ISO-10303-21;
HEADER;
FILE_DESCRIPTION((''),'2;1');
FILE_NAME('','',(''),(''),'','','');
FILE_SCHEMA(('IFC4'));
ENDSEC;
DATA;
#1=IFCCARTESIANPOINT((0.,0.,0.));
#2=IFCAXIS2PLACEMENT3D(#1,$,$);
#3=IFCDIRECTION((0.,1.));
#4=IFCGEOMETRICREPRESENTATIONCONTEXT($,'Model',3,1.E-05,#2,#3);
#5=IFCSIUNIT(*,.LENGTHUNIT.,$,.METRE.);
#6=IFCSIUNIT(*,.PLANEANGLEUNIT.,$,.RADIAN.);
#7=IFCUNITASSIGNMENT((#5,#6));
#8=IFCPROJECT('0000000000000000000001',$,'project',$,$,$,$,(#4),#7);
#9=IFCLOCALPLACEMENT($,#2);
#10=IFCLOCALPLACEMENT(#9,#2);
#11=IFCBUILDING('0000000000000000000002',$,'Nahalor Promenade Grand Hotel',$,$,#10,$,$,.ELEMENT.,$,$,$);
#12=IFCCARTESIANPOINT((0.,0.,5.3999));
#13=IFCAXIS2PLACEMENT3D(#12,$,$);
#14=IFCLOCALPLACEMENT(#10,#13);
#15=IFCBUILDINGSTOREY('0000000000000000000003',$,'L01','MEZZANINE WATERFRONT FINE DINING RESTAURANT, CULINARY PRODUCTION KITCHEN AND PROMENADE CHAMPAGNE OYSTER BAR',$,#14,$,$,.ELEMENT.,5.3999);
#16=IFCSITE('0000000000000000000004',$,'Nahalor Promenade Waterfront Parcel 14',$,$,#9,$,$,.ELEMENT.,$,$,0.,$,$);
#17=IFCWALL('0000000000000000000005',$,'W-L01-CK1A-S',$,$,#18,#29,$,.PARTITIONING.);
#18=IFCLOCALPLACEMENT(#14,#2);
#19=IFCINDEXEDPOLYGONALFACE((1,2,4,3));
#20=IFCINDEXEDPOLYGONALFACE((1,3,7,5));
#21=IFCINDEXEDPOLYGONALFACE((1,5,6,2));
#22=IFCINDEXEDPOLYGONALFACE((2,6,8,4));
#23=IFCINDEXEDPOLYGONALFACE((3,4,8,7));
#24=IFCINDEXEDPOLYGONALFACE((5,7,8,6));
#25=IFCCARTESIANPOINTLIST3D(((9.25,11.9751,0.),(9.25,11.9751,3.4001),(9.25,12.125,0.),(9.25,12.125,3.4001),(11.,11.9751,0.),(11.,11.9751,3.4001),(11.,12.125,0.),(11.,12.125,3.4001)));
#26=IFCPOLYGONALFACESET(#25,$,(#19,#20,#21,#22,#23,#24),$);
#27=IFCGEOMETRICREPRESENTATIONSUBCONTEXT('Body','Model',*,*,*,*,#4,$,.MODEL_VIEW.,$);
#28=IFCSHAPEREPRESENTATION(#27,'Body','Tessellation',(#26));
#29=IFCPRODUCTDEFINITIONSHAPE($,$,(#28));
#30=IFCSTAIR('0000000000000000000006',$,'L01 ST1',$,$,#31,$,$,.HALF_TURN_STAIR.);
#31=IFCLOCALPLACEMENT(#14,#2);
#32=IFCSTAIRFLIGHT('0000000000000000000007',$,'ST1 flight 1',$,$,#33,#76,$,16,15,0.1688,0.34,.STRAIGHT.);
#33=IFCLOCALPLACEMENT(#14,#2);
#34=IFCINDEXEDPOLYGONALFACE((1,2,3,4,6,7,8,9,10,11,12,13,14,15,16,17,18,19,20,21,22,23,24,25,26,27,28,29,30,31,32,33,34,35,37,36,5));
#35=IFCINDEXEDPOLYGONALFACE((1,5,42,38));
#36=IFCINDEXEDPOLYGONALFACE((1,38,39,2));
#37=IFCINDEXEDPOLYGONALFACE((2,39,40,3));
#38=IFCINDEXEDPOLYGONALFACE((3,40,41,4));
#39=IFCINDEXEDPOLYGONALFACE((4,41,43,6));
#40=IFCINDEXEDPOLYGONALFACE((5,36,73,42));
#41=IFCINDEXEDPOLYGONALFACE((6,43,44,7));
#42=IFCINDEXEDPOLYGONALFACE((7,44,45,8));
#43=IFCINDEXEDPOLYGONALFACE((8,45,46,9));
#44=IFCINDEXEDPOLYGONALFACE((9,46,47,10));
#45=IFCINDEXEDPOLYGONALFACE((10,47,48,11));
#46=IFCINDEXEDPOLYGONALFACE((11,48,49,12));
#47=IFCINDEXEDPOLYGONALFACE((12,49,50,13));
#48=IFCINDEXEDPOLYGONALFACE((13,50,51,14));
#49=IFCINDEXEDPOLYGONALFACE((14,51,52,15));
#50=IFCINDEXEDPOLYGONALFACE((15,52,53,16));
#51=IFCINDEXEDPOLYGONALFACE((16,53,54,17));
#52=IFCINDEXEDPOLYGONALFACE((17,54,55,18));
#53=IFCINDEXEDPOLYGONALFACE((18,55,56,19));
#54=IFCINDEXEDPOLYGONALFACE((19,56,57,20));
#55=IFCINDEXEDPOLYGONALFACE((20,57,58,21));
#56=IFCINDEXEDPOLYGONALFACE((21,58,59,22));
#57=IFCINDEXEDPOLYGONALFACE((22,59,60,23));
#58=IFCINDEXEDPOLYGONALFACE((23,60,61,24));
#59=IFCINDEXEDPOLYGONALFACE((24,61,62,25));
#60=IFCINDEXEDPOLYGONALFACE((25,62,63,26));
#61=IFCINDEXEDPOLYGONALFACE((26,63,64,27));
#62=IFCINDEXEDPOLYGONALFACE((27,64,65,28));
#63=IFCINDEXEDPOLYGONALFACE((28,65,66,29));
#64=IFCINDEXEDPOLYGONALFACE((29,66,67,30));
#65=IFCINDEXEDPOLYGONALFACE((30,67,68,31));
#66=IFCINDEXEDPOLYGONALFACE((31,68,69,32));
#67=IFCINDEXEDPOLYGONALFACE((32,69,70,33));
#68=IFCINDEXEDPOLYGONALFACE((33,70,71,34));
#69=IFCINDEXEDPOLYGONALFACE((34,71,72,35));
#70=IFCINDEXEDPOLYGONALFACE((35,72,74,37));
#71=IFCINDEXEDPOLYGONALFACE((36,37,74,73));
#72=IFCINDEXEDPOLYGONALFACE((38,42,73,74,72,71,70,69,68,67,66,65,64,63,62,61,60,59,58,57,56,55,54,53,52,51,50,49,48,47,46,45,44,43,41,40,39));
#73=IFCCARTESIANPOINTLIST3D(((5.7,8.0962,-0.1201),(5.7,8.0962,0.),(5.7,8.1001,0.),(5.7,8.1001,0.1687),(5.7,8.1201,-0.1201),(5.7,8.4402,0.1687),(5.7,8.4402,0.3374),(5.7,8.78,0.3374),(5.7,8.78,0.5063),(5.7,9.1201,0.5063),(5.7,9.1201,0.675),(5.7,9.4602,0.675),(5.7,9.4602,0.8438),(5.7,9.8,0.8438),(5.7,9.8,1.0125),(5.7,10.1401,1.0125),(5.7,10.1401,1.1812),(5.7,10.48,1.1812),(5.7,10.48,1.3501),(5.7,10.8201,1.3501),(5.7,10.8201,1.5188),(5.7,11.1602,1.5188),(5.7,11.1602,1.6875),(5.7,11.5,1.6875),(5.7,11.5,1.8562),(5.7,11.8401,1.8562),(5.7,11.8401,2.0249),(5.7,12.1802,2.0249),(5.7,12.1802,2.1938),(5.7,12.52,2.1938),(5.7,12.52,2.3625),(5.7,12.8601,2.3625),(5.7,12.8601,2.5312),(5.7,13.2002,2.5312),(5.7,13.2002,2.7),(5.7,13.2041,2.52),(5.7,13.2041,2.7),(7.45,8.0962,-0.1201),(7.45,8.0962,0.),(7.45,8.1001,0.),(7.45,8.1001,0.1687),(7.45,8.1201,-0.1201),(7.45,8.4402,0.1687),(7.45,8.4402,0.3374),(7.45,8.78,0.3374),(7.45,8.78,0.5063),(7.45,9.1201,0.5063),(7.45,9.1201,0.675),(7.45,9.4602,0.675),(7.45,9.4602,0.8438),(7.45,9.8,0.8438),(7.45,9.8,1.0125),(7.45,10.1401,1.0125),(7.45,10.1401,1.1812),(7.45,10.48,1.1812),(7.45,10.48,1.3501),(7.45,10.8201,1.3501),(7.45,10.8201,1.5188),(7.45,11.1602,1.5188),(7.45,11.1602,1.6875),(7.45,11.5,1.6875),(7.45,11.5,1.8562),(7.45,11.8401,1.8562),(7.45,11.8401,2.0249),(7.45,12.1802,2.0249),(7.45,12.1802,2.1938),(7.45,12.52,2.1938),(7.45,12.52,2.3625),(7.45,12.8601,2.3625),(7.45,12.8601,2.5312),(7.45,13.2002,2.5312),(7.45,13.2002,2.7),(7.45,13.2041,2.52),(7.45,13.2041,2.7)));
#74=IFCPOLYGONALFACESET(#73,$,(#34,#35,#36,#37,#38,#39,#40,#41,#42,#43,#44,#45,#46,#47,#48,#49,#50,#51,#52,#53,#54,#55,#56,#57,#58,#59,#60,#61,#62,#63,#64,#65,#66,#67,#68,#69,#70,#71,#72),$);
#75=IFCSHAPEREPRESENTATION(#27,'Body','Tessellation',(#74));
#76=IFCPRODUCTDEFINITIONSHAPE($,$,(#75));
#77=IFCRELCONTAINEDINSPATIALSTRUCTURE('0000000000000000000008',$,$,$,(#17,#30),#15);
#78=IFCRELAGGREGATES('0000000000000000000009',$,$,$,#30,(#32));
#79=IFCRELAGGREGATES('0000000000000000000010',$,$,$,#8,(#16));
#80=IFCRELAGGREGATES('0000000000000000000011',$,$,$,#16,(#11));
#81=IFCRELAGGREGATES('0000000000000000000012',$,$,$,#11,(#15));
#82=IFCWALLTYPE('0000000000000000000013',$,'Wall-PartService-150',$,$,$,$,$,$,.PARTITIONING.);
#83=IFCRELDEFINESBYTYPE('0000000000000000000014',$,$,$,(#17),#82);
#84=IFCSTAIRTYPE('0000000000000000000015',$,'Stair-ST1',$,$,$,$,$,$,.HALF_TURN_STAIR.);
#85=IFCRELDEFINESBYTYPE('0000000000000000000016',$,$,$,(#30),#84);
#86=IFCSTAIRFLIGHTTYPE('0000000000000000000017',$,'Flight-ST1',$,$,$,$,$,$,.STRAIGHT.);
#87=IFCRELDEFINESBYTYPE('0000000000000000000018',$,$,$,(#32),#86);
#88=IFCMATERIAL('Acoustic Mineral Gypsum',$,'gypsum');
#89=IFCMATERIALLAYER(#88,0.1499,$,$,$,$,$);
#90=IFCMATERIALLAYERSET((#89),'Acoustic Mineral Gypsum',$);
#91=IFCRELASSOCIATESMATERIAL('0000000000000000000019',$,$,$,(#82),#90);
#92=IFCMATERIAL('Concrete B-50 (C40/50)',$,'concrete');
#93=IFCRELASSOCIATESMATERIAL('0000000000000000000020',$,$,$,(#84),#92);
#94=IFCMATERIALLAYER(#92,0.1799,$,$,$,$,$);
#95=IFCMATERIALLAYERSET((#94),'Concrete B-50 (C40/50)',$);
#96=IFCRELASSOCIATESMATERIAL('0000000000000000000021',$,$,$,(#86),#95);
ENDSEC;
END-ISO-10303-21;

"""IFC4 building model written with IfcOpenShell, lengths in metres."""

from ifc_helpers import new_model, si_unit, direction, frame, frame_2d, origin, place, context, subcontext, project, spatial, polyline, rectangle, outline, extrude, source, transform, mapped, material, layer, layer_set, type_object, element, aggregate, save


model = new_model("IFC4")

# Units and contexts
model_context = context("Model", 3, precision=1e-05, world=origin(), true_north=direction((0.0, 1.0)))
body_context = subcontext(model_context, "Body", "Model", "MODEL_VIEW")
ifc_project = project(units=[si_unit("LENGTHUNIT", "METRE"), si_unit("PLANEANGLEUNIT", "RADIAN")], contexts=[model_context])

# Site, building, storey
site_placement = place(None, origin())
site = spatial("IfcSite", under=ifc_project, at=site_placement, Name="Nahalor Promenade Waterfront Parcel 14", CompositionType="ELEMENT", RefElevation=0.0)
building_placement = place(site_placement, origin())
building = spatial("IfcBuilding", under=site, at=building_placement, Name="Nahalor Promenade Grand Hotel", CompositionType="ELEMENT")
storey_placement = place(building_placement, frame((0.0, 0.0, 5.3999)))
storey = spatial("IfcBuildingStorey", under=building, at=storey_placement, Name="L01", Description="MEZZANINE WATERFRONT FINE DINING RESTAURANT, CULINARY PRODUCTION KITCHEN AND PROMENADE CHAMPAGNE OYSTER BAR", CompositionType="ELEMENT", Elevation=5.3999)

# Shared definitions
ifc_material_1 = material(Name="Concrete B-50 (C40/50)", Category="concrete")

# Wall
ifc_material_2 = material(Name="Acoustic Mineral Gypsum", Category="gypsum")
ifc_layer_1 = layer(ifc_material_2, 0.1499)
ifc_layer_set_1 = layer_set([ifc_layer_1], Name="Acoustic Mineral Gypsum")
wall_type_1 = type_object("IfcWallType", Name="Wall-PartService-150", PredefinedType="PARTITIONING", material=ifc_layer_set_1)
shared_shape_1 = source(origin(), body_context, "Body", "SweptSolid", [
    extrude(rectangle(XDim=1.75, YDim=0.1499, at=frame_2d((0.875, 0.0))), origin(), (0.0, 0.0, 1.0), 3.4001),
])
wall_1_placement = place(storey_placement, frame((9.25, 12.05, 0.0), z_axis=(0.0, 0.0, 1.0), x_axis=(1.0, 0.0, 0.0)))
element("IfcWall", 1, at=wall_1_placement, inside=storey, type_object=wall_type_1, Name="W-L01-CK1A-S", PredefinedType="PARTITIONING", context=body_context, shape_type="MappedRepresentation", body=[
    mapped(shared_shape_1, transform((0.0, 0.0, 0.0), scale=1.0)),
])

# Stair, stair flight
stair_type = type_object("IfcStairType", Name="Stair-ST1", PredefinedType="HALF_TURN_STAIR", material=ifc_material_1)
stair_placement = place(storey_placement, origin())
stair = element("IfcStair", 2, at=stair_placement, inside=storey, type_object=stair_type, Name="L01 ST1", PredefinedType="HALF_TURN_STAIR")
ifc_layer_2 = layer(ifc_material_1, 0.1799)
ifc_layer_set_2 = layer_set([ifc_layer_2], Name="Concrete B-50 (C40/50)")
stair_flight_type = type_object("IfcStairFlightType", Name="Flight-ST1", PredefinedType="STRAIGHT", material=ifc_layer_set_2)
shared_shape_2 = source(origin(), body_context, "Body", "SweptSolid", [
    extrude(outline(polyline([(-0.0039, -0.1201), (-0.0039, 0.0), (0.0, 0.0), (0.0, 0.1687), (0.3401, 0.1687), (0.3401, 0.3374), (0.6799, 0.3374), (0.6799, 0.5063), (1.02, 0.5063), (1.02, 0.675), (1.3601, 0.675), (1.3601, 0.8438), (1.7, 0.8438), (1.7, 1.0125), (2.04, 1.0125), (2.04, 1.1812), (2.3799, 1.1812), (2.3799, 1.3501), (2.72, 1.3501), (2.72, 1.5188), (3.0601, 1.5188), (3.0601, 1.6875), (3.3999, 1.6875), (3.3999, 1.8562), (3.74, 1.8562), (3.74, 2.0249), (4.0801, 2.0249), (4.0801, 2.1938), (4.4199, 2.1938), (4.4199, 2.3625), (4.76, 2.3625), (4.76, 2.5312), (5.1001, 2.5312), (5.1001, 2.7), (5.104, 2.7), (5.104, 2.52), (0.02, -0.1201), (-0.0039, -0.1201)])), frame((0.0, 0.875, 0.0), z_axis=(0.0, -1.0, 0.0), x_axis=(1.0, 0.0, 0.0)), (0.0, 0.0, 1.0), 1.75),
])
stair_flight_placement = place(storey_placement, frame((6.575, 8.1001, 0.0), z_axis=(0.0, 0.0, 1.0), x_axis=(0.0, 1.0, 0.0)))
stair_flight = element("IfcStairFlight", 3, at=stair_flight_placement, type_object=stair_flight_type, Name="ST1 flight 1", NumberOfRisers=16, NumberOfTreads=15, PredefinedType="STRAIGHT", RiserHeight=0.1688, TreadLength=0.34, context=body_context, shape_type="MappedRepresentation", body=[
    mapped(shared_shape_2, transform((0.0, 0.0, 0.0), scale=1.0)),
])
aggregate(stair, [stair_flight])

save(model, "model.ifc")
